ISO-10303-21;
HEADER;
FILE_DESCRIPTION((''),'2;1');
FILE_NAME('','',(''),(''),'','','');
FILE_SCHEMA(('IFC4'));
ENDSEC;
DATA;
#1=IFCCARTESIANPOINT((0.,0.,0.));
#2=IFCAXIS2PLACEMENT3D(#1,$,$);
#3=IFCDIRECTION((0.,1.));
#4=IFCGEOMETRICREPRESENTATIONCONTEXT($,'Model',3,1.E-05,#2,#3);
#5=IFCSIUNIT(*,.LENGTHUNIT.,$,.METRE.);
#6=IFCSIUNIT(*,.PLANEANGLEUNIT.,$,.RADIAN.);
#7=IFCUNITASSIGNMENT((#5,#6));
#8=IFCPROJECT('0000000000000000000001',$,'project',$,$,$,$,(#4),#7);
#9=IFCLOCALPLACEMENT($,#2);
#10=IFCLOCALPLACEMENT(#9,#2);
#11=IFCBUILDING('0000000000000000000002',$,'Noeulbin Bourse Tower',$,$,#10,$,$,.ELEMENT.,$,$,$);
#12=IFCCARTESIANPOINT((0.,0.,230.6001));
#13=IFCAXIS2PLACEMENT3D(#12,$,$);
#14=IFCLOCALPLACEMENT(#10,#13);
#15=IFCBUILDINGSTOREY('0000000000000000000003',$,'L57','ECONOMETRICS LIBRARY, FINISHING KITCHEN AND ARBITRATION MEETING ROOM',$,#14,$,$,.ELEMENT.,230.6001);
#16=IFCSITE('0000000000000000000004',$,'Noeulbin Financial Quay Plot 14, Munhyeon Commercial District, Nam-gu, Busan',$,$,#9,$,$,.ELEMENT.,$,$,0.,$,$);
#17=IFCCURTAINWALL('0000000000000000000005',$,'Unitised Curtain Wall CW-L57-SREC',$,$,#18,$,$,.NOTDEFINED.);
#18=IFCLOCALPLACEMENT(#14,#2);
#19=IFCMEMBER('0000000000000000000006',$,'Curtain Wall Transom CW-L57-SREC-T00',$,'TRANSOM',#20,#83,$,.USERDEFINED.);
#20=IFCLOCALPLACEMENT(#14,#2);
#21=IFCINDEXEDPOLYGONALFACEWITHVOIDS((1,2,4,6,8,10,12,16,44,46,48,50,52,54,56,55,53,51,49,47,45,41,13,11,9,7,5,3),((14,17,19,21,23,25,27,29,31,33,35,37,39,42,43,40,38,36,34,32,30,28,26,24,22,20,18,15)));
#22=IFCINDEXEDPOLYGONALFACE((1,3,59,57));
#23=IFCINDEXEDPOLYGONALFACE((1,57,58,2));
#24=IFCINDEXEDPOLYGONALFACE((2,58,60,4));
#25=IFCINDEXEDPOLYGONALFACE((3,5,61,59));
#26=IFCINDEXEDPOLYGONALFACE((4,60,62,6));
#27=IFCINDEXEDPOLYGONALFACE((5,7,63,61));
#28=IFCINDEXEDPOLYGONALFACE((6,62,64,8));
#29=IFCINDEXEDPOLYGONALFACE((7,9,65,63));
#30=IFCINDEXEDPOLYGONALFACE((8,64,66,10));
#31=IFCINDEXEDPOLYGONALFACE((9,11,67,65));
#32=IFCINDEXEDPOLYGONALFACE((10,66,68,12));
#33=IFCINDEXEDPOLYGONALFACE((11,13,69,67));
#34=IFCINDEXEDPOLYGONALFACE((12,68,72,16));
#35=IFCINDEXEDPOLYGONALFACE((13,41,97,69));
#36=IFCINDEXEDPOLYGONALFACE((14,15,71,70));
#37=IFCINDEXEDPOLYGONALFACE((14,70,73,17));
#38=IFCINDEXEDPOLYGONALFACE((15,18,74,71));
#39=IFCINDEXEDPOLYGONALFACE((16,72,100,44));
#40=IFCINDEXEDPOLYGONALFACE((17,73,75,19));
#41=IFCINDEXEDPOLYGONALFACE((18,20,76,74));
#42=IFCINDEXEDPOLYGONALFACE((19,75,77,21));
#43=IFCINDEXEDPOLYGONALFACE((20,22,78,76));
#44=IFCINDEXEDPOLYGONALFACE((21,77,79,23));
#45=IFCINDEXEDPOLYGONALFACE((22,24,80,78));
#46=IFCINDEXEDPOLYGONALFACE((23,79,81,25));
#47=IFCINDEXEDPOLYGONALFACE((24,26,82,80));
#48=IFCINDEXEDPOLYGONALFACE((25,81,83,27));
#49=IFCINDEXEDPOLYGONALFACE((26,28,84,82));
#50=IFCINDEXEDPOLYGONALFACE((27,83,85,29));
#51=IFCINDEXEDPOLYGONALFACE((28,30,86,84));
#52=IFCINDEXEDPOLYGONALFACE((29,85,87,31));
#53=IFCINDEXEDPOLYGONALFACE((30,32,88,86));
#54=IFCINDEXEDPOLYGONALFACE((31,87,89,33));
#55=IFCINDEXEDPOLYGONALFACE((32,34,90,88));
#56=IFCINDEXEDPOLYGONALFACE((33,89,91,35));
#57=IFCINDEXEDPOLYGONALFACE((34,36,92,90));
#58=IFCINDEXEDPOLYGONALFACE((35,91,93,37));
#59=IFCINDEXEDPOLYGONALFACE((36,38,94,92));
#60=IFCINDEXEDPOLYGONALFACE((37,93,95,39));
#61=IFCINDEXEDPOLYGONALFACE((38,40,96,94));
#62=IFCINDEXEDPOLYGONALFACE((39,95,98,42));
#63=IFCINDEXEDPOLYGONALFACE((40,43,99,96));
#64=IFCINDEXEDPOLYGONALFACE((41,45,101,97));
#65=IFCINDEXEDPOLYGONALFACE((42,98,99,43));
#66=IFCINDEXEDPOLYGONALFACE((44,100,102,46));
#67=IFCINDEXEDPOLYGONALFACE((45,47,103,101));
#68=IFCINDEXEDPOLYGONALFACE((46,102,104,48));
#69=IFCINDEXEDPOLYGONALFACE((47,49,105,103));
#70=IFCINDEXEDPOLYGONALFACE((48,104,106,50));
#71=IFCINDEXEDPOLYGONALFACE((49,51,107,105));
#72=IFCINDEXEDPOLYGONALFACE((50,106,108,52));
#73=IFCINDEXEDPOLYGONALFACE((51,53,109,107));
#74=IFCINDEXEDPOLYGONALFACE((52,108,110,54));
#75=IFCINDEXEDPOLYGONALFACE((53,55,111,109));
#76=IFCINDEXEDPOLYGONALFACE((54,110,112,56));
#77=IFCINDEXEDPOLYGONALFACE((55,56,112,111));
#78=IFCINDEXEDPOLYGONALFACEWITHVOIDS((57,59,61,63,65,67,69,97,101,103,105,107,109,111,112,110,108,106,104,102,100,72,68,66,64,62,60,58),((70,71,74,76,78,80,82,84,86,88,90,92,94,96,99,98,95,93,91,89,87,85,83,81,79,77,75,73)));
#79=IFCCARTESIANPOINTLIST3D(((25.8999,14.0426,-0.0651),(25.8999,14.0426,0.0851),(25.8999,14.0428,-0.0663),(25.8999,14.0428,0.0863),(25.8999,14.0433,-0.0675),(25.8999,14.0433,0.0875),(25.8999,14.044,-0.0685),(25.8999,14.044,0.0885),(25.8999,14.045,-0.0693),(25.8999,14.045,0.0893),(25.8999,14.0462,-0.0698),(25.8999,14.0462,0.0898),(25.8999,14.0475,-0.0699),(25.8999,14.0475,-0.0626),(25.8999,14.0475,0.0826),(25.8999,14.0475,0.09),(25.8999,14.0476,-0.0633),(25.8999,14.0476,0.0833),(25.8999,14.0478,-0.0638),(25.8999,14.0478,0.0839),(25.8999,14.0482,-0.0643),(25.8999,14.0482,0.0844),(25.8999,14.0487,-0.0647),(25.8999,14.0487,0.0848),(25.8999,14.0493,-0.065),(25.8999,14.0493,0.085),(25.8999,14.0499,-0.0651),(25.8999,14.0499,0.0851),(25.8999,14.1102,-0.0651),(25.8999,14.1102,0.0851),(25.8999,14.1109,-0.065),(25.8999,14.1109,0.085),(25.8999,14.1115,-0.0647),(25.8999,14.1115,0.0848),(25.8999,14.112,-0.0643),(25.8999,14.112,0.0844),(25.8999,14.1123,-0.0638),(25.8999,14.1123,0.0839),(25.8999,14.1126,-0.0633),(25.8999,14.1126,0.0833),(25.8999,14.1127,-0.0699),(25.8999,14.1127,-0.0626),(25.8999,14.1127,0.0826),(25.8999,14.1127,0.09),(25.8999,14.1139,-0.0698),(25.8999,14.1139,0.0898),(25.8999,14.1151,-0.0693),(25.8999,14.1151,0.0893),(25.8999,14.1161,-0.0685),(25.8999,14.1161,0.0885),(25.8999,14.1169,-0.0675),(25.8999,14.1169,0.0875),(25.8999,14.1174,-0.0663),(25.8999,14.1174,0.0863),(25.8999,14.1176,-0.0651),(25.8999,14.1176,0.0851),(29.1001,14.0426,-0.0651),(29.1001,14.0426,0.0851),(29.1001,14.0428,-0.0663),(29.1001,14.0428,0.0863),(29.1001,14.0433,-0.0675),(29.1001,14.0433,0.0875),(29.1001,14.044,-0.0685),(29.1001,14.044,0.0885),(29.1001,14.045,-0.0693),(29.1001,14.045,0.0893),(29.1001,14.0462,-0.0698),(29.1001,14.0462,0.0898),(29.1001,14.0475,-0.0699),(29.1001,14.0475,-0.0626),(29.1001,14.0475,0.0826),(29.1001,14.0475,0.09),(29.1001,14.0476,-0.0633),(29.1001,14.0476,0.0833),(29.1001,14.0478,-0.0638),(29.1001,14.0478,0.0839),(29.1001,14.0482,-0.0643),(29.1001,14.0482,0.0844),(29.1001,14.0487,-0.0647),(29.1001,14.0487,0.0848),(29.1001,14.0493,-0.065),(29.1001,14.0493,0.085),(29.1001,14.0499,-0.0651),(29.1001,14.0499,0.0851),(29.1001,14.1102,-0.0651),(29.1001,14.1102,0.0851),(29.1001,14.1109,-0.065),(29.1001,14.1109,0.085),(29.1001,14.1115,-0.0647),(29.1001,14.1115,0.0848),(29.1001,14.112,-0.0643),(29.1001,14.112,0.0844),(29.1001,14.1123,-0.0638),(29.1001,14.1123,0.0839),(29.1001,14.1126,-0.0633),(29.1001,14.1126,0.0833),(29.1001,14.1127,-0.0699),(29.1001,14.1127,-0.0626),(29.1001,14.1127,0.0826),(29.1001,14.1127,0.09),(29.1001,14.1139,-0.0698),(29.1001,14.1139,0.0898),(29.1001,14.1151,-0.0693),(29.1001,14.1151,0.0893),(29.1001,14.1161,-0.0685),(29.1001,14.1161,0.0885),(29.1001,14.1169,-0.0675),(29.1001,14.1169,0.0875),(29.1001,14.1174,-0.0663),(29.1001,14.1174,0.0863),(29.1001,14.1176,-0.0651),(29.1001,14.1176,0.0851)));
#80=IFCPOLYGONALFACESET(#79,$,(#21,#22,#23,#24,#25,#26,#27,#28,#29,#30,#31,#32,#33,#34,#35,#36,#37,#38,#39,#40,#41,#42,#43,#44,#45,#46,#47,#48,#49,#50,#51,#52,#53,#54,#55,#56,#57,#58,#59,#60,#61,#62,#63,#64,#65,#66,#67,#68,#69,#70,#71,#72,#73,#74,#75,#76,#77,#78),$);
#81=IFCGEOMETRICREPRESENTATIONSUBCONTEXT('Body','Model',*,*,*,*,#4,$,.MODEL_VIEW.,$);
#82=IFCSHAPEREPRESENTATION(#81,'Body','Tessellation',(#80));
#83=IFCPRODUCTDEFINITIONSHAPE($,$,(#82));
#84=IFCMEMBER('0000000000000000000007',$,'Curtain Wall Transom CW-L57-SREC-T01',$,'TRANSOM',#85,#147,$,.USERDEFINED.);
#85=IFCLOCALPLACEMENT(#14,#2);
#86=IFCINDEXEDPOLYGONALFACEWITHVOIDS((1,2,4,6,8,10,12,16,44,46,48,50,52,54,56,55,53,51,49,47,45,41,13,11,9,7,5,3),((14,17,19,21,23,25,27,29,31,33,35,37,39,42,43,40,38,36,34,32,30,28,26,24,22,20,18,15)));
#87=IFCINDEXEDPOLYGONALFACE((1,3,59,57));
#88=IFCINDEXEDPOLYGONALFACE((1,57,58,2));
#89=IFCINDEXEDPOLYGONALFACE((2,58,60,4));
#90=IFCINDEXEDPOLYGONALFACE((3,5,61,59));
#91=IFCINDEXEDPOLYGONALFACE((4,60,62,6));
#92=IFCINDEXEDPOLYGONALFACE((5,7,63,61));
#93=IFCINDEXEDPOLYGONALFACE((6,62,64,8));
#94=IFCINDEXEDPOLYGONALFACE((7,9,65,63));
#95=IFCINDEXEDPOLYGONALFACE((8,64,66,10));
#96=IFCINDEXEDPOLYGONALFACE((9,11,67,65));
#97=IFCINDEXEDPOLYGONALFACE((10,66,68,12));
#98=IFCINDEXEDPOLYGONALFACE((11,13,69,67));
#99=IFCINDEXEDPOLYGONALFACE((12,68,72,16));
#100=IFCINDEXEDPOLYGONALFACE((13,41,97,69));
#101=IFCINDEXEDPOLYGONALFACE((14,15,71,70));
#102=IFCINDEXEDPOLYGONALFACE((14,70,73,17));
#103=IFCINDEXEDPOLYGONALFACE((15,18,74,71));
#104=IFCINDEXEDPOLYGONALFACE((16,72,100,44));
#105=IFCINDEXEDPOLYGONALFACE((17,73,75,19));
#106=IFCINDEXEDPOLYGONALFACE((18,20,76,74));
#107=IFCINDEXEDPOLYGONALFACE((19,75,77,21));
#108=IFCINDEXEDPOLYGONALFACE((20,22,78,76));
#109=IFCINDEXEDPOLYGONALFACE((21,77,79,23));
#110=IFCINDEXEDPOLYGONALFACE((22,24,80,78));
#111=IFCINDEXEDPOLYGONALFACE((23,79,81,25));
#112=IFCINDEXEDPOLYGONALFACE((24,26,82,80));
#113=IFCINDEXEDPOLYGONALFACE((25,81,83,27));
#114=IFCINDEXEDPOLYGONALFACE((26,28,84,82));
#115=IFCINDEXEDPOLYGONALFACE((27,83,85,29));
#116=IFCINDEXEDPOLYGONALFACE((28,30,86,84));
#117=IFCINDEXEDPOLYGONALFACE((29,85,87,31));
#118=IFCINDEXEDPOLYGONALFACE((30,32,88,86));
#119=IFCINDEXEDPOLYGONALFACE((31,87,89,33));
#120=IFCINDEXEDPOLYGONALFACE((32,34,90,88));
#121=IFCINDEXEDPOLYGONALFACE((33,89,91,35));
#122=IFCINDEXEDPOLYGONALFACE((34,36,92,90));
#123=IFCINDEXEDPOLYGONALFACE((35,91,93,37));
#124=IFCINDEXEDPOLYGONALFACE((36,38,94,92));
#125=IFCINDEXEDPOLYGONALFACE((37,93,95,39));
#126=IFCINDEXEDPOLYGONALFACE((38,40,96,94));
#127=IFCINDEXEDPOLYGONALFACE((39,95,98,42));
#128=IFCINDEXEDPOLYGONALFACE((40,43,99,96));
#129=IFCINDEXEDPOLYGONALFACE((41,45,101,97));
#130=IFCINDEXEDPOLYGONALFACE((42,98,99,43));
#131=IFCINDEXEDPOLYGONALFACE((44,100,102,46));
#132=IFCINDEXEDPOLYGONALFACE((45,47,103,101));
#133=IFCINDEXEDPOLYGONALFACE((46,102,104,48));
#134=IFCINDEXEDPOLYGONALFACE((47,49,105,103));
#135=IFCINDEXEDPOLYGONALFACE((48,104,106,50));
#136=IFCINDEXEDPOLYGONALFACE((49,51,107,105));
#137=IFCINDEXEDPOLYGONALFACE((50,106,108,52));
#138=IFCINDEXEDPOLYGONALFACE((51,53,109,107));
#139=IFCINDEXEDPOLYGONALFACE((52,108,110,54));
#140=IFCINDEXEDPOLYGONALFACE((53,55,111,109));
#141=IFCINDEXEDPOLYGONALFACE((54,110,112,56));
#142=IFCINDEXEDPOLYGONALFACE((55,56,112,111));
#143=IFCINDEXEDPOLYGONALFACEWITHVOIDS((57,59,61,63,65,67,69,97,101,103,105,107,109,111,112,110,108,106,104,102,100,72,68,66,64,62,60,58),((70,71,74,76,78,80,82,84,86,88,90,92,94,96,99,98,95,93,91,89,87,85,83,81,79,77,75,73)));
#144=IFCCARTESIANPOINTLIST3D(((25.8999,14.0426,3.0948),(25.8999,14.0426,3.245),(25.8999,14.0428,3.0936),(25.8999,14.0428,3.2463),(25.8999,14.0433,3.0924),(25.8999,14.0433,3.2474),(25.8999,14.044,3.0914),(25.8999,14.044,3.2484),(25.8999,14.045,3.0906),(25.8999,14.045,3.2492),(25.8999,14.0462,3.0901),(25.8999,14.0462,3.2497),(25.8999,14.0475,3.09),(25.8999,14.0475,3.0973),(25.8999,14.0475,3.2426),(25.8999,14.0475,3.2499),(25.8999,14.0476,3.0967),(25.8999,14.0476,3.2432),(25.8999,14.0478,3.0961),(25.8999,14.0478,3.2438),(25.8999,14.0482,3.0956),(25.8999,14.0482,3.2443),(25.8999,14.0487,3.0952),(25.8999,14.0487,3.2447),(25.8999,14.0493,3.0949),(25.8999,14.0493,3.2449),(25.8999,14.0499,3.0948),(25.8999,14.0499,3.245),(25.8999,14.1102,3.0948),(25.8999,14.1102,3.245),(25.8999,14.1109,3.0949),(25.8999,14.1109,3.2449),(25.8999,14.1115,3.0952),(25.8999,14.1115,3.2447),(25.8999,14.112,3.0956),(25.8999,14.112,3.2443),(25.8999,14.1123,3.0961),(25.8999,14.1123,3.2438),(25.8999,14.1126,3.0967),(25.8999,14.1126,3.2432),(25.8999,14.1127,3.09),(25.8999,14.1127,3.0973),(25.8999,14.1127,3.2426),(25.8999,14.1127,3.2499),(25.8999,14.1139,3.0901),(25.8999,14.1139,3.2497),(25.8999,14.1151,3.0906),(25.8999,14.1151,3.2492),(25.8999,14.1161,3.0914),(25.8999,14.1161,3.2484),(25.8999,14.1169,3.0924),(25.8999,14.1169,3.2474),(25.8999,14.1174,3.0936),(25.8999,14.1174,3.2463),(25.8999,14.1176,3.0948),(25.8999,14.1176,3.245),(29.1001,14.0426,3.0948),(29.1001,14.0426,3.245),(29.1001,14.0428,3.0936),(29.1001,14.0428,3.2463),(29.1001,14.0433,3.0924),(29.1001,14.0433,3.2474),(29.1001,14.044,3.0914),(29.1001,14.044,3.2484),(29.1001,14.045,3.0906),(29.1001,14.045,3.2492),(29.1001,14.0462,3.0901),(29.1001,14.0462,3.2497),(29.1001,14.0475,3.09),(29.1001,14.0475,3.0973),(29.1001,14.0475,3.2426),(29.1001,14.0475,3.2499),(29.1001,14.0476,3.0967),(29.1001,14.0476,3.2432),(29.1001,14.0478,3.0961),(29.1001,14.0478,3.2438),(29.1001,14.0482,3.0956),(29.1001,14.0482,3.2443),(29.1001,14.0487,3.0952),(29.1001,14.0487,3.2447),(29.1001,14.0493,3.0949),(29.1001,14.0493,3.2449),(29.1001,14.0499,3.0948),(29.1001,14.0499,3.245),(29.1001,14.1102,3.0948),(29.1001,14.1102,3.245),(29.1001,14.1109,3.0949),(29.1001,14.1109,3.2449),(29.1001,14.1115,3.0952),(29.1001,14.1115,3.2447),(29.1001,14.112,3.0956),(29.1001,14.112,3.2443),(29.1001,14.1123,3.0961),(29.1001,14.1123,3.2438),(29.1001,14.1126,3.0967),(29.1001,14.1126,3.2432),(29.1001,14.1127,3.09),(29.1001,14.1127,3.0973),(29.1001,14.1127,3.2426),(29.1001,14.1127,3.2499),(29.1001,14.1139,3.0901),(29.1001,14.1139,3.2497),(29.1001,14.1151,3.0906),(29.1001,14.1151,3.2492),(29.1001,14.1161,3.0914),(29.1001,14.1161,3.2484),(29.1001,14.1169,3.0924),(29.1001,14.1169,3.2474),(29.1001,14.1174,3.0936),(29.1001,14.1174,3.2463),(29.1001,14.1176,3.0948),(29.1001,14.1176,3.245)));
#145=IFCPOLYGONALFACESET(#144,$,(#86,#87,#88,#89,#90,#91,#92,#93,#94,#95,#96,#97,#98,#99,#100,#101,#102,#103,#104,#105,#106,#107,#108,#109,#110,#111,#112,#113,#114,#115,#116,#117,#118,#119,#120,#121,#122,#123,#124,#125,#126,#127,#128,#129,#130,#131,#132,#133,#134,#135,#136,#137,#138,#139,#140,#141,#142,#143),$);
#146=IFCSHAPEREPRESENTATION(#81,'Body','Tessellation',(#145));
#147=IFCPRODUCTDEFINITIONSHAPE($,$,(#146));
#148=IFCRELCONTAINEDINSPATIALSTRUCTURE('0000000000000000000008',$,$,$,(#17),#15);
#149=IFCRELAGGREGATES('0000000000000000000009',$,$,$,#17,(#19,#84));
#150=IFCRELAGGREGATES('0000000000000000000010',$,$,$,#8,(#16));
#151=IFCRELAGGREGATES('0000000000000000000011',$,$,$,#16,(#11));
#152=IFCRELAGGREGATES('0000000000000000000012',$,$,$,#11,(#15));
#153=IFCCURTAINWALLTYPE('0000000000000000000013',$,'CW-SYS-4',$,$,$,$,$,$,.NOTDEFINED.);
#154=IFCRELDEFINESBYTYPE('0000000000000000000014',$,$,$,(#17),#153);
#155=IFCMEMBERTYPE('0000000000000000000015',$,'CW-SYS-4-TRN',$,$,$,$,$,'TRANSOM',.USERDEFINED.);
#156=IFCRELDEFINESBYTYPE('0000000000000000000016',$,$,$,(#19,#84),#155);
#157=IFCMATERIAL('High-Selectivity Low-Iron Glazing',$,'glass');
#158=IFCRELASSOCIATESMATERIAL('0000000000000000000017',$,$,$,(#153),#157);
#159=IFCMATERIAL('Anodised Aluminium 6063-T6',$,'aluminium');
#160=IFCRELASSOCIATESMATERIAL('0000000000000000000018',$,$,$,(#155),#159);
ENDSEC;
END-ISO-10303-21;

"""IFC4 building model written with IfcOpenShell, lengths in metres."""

from ifc_helpers import new_model, si_unit, direction, frame, origin, origin_2d, place, context, subcontext, project, spatial, hollow_rectangle, extrude, material, material_profile, profile_set, type_object, element, aggregate, save


model = new_model("IFC4")

# Units and contexts
model_context = context("Model", 3, precision=1e-05, world=origin(), true_north=direction((0.0, 1.0)))
body_context = subcontext(model_context, "Body", "Model", "MODEL_VIEW")
ifc_project = project(units=[si_unit("LENGTHUNIT", "METRE"), si_unit("PLANEANGLEUNIT", "RADIAN")], contexts=[model_context])

# Site, building, storey
site_placement = place(None, origin())
site = spatial("IfcSite", under=ifc_project, at=site_placement, Name="Noeulbin Financial Quay Plot 14, Munhyeon Commercial District, Nam-gu, Busan", CompositionType="ELEMENT", RefElevation=0.0)
building_placement = place(site_placement, origin())
building = spatial("IfcBuilding", under=site, at=building_placement, Name="Noeulbin Bourse Tower", CompositionType="ELEMENT")
storey_placement = place(building_placement, frame((0.0, 0.0, 230.6001)))
storey = spatial("IfcBuildingStorey", under=building, at=storey_placement, Name="L57", Description="ECONOMETRICS LIBRARY, FINISHING KITCHEN AND ARBITRATION MEETING ROOM", CompositionType="ELEMENT", Elevation=230.6001)

# Curtain wall
ifc_material_1 = material(Name="High-Selectivity Low-Iron Glazing", Category="glass")
curtain_wall_type = type_object("IfcCurtainWallType", Name="CW-SYS-4", PredefinedType="NOTDEFINED", material=ifc_material_1)
curtain_wall_1_placement = place(storey_placement, origin())
curtain_wall_1 = element("IfcCurtainWall", 1, at=curtain_wall_1_placement, inside=storey, type_object=curtain_wall_type, Name="Unitised Curtain Wall CW-L57-SREC", PredefinedType="NOTDEFINED")
ifc_material_2 = material(Name="Anodised Aluminium 6063-T6", Category="aluminium")

# Members
ifc_material_profile_1 = material_profile(ifc_material_2, hollow_rectangle(XDim=0.075, YDim=0.1599, WallThickness=0.0049, InnerFilletRadius=0.0024, OuterFilletRadius=0.0049, at=origin_2d()), Name="ALU-TRAN-75x160x5", Category="LoadBearing")
ifc_profile_set_1 = profile_set([ifc_material_profile_1], Name="Anodised Aluminium 6063-T6")
member_type_1 = type_object("IfcMemberType", Name="CW-SYS-4-TRN", ElementType="TRANSOM", PredefinedType="USERDEFINED", material=ifc_profile_set_1)
member_1_placement = place(storey_placement, frame((25.8999, 14.0801, 0.01), z_axis=(1.0, 0.0, 0.0), x_axis=(0.0, 1.0, 0.0)))
member_1 = element("IfcMember", 2, at=member_1_placement, type_object=member_type_1, Name="Curtain Wall Transom CW-L57-SREC-T00", ObjectType="TRANSOM", PredefinedType="USERDEFINED", context=body_context, shape_type="SweptSolid", body=[
    extrude(hollow_rectangle(XDim=0.075, YDim=0.1599, WallThickness=0.0049, InnerFilletRadius=0.0024, OuterFilletRadius=0.0049, at=origin_2d()), origin(), (0.0, 0.0, 1.0), 3.2002),
])
member_2_placement = place(storey_placement, frame((25.8999, 14.0801, 3.1699), z_axis=(1.0, 0.0, 0.0), x_axis=(0.0, 1.0, 0.0)))
member_2 = element("IfcMember", 3, at=member_2_placement, type_object=member_type_1, Name="Curtain Wall Transom CW-L57-SREC-T01", ObjectType="TRANSOM", PredefinedType="USERDEFINED", context=body_context, shape_type="SweptSolid", body=[
    extrude(hollow_rectangle(XDim=0.075, YDim=0.1599, WallThickness=0.0049, InnerFilletRadius=0.0024, OuterFilletRadius=0.0049, at=origin_2d()), origin(), (0.0, 0.0, 1.0), 3.2002),
])

aggregate(curtain_wall_1, [member_1, member_2])

save(model, "model.ifc")
